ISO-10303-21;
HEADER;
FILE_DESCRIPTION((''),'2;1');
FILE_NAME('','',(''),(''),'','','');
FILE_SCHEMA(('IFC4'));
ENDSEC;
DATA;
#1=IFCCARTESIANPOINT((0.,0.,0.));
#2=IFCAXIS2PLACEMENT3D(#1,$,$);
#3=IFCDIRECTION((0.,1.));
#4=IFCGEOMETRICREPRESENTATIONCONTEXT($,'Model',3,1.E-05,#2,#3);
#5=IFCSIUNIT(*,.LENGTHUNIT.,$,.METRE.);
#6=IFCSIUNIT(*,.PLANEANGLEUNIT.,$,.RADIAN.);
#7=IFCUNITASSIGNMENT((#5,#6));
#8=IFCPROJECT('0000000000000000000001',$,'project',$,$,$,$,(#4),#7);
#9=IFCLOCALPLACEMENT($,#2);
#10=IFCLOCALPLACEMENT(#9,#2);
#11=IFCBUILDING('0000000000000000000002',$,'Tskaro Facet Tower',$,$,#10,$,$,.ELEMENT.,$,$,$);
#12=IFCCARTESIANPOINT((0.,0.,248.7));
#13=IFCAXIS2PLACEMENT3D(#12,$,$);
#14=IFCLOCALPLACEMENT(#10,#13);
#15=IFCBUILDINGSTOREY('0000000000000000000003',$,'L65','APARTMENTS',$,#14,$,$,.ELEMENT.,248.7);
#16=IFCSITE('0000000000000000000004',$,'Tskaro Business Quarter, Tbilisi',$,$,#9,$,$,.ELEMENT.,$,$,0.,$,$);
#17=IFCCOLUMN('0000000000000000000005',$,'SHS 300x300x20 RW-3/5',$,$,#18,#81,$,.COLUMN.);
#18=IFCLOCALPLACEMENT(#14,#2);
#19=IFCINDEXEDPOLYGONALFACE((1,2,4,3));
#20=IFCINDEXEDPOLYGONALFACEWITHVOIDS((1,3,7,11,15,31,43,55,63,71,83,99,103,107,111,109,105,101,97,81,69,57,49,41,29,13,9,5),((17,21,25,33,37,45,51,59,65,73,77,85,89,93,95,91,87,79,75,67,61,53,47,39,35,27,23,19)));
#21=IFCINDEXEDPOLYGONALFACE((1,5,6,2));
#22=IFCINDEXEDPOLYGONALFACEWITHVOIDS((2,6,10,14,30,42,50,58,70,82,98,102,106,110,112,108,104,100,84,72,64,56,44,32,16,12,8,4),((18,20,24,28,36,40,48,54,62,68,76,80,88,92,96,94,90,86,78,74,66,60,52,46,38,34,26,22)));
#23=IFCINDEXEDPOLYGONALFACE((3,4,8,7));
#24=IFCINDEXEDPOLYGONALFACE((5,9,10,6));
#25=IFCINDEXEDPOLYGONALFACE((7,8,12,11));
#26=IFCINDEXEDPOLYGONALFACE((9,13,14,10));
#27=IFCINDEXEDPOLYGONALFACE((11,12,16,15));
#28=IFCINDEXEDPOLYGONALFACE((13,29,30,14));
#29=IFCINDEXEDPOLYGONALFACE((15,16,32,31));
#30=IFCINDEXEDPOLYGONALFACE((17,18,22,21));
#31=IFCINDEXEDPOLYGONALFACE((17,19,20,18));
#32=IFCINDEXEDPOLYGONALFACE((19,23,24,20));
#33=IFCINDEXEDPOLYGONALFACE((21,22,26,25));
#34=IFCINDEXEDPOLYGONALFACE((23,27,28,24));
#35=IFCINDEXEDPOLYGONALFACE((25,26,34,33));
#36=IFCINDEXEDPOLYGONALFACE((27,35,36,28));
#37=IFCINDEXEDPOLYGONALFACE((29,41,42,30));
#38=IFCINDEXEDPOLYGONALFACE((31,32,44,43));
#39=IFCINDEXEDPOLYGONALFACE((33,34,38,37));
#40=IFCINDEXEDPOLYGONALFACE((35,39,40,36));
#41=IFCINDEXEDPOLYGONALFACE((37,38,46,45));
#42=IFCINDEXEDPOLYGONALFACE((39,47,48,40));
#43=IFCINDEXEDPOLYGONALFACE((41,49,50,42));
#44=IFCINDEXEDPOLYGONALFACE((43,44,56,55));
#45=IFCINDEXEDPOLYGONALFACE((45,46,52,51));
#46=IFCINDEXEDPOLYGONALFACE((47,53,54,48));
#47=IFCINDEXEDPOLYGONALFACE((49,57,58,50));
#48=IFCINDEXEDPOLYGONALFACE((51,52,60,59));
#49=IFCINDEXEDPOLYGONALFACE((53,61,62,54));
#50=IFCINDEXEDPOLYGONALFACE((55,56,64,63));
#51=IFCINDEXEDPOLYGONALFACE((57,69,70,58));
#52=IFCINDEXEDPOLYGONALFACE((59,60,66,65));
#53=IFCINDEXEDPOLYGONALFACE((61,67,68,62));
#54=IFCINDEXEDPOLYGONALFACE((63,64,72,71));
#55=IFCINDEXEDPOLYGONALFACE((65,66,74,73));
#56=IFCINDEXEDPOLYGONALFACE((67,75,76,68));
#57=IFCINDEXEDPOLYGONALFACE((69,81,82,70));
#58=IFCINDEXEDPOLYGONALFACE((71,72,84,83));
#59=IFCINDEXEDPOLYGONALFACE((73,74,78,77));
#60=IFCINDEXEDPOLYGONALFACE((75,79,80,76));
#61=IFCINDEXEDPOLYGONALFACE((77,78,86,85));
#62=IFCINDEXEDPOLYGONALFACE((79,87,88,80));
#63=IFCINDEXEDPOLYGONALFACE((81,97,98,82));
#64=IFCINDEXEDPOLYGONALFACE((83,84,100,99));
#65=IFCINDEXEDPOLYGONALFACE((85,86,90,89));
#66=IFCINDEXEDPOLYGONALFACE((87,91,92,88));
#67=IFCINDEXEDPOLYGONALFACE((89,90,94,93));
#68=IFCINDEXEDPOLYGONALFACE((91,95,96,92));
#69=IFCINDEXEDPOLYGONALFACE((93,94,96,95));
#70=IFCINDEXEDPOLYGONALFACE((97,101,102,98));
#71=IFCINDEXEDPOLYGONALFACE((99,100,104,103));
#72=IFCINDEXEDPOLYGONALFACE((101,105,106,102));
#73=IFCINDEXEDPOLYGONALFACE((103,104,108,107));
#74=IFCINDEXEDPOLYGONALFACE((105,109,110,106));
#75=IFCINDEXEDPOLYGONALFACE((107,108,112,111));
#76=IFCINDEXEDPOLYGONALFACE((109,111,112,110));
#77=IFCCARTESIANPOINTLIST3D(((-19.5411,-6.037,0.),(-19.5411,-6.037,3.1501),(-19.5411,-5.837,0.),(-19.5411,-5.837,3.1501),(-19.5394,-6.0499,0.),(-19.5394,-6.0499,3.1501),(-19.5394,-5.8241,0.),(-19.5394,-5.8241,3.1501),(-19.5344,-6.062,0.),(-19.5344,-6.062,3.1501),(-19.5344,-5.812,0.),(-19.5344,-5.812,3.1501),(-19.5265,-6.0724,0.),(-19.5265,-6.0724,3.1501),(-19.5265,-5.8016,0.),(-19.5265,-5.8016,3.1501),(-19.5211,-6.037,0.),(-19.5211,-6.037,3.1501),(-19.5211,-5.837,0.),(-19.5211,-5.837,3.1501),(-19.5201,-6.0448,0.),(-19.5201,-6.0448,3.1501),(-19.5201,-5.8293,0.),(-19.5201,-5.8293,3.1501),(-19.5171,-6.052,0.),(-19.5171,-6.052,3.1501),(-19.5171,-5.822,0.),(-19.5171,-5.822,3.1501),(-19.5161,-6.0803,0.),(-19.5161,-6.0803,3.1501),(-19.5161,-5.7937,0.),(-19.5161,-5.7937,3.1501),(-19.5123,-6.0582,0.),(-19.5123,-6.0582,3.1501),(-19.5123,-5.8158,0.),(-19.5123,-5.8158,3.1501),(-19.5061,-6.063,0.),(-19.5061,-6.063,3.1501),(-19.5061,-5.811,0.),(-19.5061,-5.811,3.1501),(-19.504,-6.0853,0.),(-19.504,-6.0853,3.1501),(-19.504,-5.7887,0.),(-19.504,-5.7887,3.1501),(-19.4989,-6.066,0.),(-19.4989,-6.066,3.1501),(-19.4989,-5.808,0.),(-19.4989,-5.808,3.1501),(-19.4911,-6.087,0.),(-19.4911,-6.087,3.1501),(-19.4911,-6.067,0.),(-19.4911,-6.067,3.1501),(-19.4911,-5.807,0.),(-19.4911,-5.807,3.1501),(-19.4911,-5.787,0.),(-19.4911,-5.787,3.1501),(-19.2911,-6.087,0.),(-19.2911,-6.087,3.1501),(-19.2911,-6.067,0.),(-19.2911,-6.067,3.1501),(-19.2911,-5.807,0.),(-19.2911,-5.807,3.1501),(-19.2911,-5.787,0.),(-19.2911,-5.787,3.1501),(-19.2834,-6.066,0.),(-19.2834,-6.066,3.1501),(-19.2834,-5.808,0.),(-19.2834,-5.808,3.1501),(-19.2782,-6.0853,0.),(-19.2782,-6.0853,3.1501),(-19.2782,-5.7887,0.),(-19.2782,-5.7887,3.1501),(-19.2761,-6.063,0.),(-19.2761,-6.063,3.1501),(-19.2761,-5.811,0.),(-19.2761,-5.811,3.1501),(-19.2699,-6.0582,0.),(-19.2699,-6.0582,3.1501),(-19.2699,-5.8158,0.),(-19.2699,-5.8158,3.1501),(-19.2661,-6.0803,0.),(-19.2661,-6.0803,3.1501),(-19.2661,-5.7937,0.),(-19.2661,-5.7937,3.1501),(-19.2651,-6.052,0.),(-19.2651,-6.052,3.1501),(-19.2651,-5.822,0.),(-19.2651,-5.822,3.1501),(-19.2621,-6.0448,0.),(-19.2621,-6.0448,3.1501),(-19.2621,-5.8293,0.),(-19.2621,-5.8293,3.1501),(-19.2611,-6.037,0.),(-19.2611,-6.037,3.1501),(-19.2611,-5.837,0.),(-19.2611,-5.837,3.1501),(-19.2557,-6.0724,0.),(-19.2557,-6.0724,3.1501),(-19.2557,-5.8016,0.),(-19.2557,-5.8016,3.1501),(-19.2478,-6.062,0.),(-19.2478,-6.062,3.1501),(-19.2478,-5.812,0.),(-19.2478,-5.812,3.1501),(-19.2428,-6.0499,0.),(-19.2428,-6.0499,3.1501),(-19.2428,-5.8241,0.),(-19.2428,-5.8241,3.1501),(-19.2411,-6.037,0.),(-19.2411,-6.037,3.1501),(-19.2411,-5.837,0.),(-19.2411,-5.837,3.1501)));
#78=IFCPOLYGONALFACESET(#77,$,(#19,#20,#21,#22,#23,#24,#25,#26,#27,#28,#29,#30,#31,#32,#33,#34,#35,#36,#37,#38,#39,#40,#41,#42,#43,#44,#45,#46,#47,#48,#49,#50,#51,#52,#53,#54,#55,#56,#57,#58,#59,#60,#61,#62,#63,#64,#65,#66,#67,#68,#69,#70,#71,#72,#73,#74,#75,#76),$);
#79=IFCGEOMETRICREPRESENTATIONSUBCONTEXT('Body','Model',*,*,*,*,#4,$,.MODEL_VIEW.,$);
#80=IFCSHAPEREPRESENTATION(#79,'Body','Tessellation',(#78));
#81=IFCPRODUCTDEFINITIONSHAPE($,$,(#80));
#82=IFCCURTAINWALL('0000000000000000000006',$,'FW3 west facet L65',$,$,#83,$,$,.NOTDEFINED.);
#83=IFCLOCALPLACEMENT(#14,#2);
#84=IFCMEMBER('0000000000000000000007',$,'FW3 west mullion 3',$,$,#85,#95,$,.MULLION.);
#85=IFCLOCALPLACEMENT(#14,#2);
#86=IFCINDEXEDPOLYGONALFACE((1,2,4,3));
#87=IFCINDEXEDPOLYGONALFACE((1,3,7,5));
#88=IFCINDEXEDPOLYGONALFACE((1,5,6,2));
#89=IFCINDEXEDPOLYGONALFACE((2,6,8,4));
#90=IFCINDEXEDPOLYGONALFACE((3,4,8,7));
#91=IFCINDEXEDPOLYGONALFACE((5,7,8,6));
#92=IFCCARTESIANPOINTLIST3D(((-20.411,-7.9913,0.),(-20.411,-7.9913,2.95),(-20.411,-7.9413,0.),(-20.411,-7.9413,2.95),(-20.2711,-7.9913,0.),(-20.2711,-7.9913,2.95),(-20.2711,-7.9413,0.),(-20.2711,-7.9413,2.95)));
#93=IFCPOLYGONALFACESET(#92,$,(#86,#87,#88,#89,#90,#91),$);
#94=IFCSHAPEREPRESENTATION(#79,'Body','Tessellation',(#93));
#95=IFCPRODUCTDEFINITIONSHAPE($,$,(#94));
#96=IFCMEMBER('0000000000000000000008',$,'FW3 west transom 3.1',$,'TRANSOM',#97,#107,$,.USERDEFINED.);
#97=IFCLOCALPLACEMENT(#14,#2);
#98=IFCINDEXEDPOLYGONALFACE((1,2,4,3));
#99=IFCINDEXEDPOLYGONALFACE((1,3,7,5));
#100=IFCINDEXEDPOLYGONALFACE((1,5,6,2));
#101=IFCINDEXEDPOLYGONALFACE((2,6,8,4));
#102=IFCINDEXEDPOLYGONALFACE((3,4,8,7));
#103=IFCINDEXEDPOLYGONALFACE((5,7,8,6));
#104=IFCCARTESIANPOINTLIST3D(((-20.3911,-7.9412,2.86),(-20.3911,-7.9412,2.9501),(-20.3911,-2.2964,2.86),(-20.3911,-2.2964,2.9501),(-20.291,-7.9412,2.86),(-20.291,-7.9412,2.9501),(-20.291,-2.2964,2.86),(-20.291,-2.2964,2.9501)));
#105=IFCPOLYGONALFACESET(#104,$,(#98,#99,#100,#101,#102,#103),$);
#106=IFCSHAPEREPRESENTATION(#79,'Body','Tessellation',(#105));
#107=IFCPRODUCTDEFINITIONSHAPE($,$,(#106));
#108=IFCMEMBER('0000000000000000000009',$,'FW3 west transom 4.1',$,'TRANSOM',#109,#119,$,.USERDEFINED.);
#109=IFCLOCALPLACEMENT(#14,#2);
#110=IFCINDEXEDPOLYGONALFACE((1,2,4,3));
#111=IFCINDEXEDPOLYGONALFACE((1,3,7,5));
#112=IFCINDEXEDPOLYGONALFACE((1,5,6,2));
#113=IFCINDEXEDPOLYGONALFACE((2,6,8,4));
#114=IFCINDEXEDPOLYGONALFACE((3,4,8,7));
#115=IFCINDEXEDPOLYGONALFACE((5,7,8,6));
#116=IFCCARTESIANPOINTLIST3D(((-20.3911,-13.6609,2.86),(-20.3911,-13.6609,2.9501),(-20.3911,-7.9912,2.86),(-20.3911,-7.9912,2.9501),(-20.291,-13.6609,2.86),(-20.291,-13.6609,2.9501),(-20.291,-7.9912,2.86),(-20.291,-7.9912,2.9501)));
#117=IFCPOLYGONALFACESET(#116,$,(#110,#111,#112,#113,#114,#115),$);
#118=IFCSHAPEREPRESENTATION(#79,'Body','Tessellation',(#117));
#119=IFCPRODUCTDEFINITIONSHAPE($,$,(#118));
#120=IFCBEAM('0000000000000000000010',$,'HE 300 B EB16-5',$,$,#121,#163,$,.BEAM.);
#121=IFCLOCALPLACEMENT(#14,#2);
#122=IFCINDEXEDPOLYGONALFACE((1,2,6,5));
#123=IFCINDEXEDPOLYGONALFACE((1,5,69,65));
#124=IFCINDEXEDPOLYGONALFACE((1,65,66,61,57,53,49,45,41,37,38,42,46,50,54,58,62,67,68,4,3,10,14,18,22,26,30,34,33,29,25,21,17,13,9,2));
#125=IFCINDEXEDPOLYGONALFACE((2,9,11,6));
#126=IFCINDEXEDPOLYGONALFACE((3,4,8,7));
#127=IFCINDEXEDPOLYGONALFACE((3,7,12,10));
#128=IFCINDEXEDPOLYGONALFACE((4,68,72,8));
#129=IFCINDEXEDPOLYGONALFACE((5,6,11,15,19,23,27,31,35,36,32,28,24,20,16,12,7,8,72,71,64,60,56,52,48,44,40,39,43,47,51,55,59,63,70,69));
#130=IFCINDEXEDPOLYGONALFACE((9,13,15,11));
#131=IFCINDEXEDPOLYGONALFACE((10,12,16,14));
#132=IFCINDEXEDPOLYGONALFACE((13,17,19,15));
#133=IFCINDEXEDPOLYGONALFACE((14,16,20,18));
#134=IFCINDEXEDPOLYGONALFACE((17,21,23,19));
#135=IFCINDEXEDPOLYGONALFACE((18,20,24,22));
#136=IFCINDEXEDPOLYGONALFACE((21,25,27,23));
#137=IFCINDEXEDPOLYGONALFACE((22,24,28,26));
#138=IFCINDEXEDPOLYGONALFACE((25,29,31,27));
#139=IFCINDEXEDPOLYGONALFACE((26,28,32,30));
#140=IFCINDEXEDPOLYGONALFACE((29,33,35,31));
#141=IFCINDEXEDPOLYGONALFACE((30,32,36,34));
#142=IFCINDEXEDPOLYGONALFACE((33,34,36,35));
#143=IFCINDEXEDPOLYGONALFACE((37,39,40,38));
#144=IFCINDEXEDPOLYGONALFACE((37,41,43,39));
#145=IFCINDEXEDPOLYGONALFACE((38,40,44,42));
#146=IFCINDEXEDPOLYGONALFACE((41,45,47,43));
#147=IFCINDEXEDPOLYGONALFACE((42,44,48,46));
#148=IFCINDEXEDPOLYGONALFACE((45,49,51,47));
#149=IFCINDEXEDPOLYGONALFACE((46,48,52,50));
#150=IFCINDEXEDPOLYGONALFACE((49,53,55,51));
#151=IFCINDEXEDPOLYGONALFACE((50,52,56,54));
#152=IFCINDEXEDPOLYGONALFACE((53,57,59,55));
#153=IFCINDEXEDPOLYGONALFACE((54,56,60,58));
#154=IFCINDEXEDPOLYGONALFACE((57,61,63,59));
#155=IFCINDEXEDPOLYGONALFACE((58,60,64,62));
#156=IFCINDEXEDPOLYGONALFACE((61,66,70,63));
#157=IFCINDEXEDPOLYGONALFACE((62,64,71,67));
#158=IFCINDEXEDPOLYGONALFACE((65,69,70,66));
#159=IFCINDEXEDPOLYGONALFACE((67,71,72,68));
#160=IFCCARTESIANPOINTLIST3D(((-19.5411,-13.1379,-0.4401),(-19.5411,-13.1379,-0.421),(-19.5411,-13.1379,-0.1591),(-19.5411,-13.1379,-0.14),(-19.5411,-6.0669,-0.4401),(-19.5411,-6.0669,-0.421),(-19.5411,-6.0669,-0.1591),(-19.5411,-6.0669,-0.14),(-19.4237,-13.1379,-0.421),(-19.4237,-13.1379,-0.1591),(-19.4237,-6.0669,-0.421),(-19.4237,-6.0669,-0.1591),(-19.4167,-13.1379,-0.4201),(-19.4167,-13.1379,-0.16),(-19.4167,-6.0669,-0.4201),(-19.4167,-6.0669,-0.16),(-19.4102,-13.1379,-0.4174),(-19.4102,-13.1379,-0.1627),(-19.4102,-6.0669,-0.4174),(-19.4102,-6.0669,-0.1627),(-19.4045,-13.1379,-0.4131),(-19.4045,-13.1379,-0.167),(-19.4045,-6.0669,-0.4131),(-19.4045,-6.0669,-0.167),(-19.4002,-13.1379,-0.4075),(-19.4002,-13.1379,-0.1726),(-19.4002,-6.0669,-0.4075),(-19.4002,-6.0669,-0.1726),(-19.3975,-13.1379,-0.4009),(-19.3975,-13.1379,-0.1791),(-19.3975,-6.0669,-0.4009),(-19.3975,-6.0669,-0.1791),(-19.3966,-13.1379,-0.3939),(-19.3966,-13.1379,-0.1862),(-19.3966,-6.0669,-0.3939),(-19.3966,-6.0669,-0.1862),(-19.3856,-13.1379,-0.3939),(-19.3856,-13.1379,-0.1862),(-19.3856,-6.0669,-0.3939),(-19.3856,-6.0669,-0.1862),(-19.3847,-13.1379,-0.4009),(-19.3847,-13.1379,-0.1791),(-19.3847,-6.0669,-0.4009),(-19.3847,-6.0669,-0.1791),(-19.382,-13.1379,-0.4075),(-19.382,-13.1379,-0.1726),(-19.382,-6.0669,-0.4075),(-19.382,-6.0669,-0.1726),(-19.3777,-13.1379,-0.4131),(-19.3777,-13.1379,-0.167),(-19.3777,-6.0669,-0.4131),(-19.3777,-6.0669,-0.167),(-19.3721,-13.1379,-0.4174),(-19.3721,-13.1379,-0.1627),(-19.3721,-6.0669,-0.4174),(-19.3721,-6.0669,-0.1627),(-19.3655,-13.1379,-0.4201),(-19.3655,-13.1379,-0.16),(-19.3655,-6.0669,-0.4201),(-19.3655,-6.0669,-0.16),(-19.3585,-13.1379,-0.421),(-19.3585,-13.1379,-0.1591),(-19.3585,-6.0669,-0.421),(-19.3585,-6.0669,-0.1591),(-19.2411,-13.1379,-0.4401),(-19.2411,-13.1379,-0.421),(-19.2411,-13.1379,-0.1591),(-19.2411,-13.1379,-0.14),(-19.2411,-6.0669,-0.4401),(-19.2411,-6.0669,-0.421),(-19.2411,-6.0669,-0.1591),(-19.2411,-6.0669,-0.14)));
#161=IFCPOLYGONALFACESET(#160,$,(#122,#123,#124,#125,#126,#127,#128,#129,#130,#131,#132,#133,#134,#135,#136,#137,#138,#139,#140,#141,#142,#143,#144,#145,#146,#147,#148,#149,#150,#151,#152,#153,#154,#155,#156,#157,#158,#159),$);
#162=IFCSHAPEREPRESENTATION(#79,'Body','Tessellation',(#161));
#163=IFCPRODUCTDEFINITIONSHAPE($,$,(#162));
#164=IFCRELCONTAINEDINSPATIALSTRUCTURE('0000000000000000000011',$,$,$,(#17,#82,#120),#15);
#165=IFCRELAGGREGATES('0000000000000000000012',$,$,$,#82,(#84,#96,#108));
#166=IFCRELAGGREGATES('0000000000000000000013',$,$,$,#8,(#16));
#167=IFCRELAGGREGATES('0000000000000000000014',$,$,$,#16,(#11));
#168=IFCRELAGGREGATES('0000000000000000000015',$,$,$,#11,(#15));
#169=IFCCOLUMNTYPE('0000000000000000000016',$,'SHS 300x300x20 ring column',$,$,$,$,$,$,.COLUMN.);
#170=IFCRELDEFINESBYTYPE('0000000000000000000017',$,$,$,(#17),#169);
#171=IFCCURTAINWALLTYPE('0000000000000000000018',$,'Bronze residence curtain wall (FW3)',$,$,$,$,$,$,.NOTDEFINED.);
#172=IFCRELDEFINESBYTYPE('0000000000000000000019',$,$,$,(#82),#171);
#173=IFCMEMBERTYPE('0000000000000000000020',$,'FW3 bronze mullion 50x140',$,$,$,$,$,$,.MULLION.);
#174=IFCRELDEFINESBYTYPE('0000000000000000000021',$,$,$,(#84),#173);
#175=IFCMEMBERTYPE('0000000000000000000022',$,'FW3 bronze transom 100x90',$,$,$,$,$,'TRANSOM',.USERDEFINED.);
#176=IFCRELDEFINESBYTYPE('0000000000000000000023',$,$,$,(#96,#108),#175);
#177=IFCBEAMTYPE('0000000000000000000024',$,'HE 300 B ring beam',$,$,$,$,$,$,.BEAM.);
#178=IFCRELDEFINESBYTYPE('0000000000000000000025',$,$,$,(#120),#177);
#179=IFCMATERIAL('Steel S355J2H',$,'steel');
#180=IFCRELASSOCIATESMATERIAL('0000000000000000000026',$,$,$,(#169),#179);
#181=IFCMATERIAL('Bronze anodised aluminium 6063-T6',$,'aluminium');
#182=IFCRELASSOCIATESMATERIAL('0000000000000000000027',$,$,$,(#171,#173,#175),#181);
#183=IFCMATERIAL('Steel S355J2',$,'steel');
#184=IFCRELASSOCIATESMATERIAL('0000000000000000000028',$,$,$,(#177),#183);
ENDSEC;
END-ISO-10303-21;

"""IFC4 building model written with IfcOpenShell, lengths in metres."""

from ifc_helpers import new_model, si_unit, direction, frame, origin, origin_2d, place, context, subcontext, project, spatial, rectangle, hollow_rectangle, i_section, extrude, material, material_profile, profile_set, type_object, element, aggregate, save


model = new_model("IFC4")

# Units and contexts
model_context = context("Model", 3, precision=1e-05, world=origin(), true_north=direction((0.0, 1.0)))
body_context = subcontext(model_context, "Body", "Model", "MODEL_VIEW")
ifc_project = project(units=[si_unit("LENGTHUNIT", "METRE"), si_unit("PLANEANGLEUNIT", "RADIAN")], contexts=[model_context])

# Site, building, storey
site_placement = place(None, origin())
site = spatial("IfcSite", under=ifc_project, at=site_placement, Name="Tskaro Business Quarter, Tbilisi", CompositionType="ELEMENT", RefElevation=0.0)
building_placement = place(site_placement, origin())
building = spatial("IfcBuilding", under=site, at=building_placement, Name="Tskaro Facet Tower", CompositionType="ELEMENT")
storey_placement = place(building_placement, frame((0.0, 0.0, 248.7)))
storey = spatial("IfcBuildingStorey", under=building, at=storey_placement, Name="L65", Description="APARTMENTS", CompositionType="ELEMENT", Elevation=248.7)

# Column
ifc_material_1 = material(Name="Steel S355J2H", Category="steel")
ifc_material_profile_1 = material_profile(ifc_material_1, hollow_rectangle(XDim=0.3, YDim=0.3, WallThickness=0.02, InnerFilletRadius=0.03, OuterFilletRadius=0.05, at=origin_2d()), Name="SHS 300x300x20")
ifc_profile_set_1 = profile_set([ifc_material_profile_1], Name="Steel S355J2H")
column_type = type_object("IfcColumnType", Name="SHS 300x300x20 ring column", PredefinedType="COLUMN", material=ifc_profile_set_1)
column_placement = place(storey_placement, frame((-19.3911, -5.937, 0.0), z_axis=(0.0, 0.0, 1.0), x_axis=(1.0, 0.0, 0.0)))
element("IfcColumn", 1, at=column_placement, inside=storey, type_object=column_type, Name="SHS 300x300x20 RW-3/5", PredefinedType="COLUMN", context=body_context, shape_type="SweptSolid", body=[
    extrude(hollow_rectangle(XDim=0.3, YDim=0.3, WallThickness=0.02, InnerFilletRadius=0.03, OuterFilletRadius=0.05, at=origin_2d()), origin(), (0.0, 0.0, 1.0), 3.1501),
])

# Curtain wall, members
ifc_material_2 = material(Name="Bronze anodised aluminium 6063-T6", Category="aluminium")
curtain_wall_type = type_object("IfcCurtainWallType", Name="Bronze residence curtain wall (FW3)", PredefinedType="NOTDEFINED", material=ifc_material_2)
curtain_wall_placement = place(storey_placement, origin())
curtain_wall = element("IfcCurtainWall", 2, at=curtain_wall_placement, inside=storey, type_object=curtain_wall_type, Name="FW3 west facet L65", PredefinedType="NOTDEFINED")
ifc_material_profile_2 = material_profile(ifc_material_2, rectangle(XDim=0.05, YDim=0.1399, at=origin_2d()), Name="Mullion 50x140")
ifc_profile_set_2 = profile_set([ifc_material_profile_2], Name="Bronze anodised aluminium 6063-T6")
member_type_1 = type_object("IfcMemberType", Name="FW3 bronze mullion 50x140", PredefinedType="MULLION", material=ifc_profile_set_2)
member_1_placement = place(storey_placement, frame((-20.3411, -7.9663, 0.0), z_axis=(0.0, 0.0, 1.0), x_axis=(0.0, -1.0, 0.0)))
member_1 = element("IfcMember", 3, at=member_1_placement, type_object=member_type_1, Name="FW3 west mullion 3", PredefinedType="MULLION", context=body_context, shape_type="SweptSolid", body=[
    extrude(rectangle(XDim=0.05, YDim=0.1399, at=origin_2d()), origin(), (0.0, 0.0, 1.0), 2.95),
])
ifc_material_profile_3 = material_profile(ifc_material_2, rectangle(XDim=0.1001, YDim=0.0901, at=origin_2d()), Name="Transom 100x90")
ifc_profile_set_3 = profile_set([ifc_material_profile_3], Name="Bronze anodised aluminium 6063-T6")
member_type_2 = type_object("IfcMemberType", Name="FW3 bronze transom 100x90", ElementType="TRANSOM", PredefinedType="USERDEFINED", material=ifc_profile_set_3)
member_2_placement = place(storey_placement, frame((-20.3411, -2.2964, 2.905), z_axis=(0.0, -1.0, 0.0), x_axis=(1.0, 0.0, 0.0)))
member_2 = element("IfcMember", 4, at=member_2_placement, type_object=member_type_2, Name="FW3 west transom 3.1", ObjectType="TRANSOM", PredefinedType="USERDEFINED", context=body_context, shape_type="SweptSolid", body=[
    extrude(rectangle(XDim=0.1001, YDim=0.0901, at=origin_2d()), origin(), (0.0, 0.0, 1.0), 5.6448),
])
member_3_placement = place(storey_placement, frame((-20.3411, -7.9912, 2.905), z_axis=(0.0, -1.0, 0.0), x_axis=(1.0, 0.0, 0.0)))
member_3 = element("IfcMember", 5, at=member_3_placement, type_object=member_type_2, Name="FW3 west transom 4.1", ObjectType="TRANSOM", PredefinedType="USERDEFINED", context=body_context, shape_type="SweptSolid", body=[
    extrude(rectangle(XDim=0.1001, YDim=0.0901, at=origin_2d()), origin(), (0.0, 0.0, 1.0), 5.6697),
])

# Beam
ifc_material_3 = material(Name="Steel S355J2", Category="steel")
ifc_material_profile_4 = material_profile(ifc_material_3, i_section(OverallWidth=0.3, OverallDepth=0.3, WebThickness=0.011, FlangeThickness=0.019, FilletRadius=0.0271, at=origin_2d()), Name="HE 300 B")
ifc_profile_set_4 = profile_set([ifc_material_profile_4], Name="Steel S355J2")
beam_type_1 = type_object("IfcBeamType", Name="HE 300 B ring beam", PredefinedType="BEAM", material=ifc_profile_set_4)
beam_1_placement = place(storey_placement, frame((-19.3911, -6.0669, -0.29), z_axis=(0.0, -1.0, 0.0), x_axis=(1.0, 0.0, 0.0)))
element("IfcBeam", 6, at=beam_1_placement, inside=storey, type_object=beam_type_1, Name="HE 300 B EB16-5", PredefinedType="BEAM", context=body_context, shape_type="SweptSolid", body=[
    extrude(i_section(OverallWidth=0.3, OverallDepth=0.3, WebThickness=0.011, FlangeThickness=0.019, FilletRadius=0.0271, at=origin_2d()), origin(), (0.0, 0.0, 1.0), 7.071),
])

aggregate(curtain_wall, [member_1, member_2, member_3])

save(model, "model.ifc")
